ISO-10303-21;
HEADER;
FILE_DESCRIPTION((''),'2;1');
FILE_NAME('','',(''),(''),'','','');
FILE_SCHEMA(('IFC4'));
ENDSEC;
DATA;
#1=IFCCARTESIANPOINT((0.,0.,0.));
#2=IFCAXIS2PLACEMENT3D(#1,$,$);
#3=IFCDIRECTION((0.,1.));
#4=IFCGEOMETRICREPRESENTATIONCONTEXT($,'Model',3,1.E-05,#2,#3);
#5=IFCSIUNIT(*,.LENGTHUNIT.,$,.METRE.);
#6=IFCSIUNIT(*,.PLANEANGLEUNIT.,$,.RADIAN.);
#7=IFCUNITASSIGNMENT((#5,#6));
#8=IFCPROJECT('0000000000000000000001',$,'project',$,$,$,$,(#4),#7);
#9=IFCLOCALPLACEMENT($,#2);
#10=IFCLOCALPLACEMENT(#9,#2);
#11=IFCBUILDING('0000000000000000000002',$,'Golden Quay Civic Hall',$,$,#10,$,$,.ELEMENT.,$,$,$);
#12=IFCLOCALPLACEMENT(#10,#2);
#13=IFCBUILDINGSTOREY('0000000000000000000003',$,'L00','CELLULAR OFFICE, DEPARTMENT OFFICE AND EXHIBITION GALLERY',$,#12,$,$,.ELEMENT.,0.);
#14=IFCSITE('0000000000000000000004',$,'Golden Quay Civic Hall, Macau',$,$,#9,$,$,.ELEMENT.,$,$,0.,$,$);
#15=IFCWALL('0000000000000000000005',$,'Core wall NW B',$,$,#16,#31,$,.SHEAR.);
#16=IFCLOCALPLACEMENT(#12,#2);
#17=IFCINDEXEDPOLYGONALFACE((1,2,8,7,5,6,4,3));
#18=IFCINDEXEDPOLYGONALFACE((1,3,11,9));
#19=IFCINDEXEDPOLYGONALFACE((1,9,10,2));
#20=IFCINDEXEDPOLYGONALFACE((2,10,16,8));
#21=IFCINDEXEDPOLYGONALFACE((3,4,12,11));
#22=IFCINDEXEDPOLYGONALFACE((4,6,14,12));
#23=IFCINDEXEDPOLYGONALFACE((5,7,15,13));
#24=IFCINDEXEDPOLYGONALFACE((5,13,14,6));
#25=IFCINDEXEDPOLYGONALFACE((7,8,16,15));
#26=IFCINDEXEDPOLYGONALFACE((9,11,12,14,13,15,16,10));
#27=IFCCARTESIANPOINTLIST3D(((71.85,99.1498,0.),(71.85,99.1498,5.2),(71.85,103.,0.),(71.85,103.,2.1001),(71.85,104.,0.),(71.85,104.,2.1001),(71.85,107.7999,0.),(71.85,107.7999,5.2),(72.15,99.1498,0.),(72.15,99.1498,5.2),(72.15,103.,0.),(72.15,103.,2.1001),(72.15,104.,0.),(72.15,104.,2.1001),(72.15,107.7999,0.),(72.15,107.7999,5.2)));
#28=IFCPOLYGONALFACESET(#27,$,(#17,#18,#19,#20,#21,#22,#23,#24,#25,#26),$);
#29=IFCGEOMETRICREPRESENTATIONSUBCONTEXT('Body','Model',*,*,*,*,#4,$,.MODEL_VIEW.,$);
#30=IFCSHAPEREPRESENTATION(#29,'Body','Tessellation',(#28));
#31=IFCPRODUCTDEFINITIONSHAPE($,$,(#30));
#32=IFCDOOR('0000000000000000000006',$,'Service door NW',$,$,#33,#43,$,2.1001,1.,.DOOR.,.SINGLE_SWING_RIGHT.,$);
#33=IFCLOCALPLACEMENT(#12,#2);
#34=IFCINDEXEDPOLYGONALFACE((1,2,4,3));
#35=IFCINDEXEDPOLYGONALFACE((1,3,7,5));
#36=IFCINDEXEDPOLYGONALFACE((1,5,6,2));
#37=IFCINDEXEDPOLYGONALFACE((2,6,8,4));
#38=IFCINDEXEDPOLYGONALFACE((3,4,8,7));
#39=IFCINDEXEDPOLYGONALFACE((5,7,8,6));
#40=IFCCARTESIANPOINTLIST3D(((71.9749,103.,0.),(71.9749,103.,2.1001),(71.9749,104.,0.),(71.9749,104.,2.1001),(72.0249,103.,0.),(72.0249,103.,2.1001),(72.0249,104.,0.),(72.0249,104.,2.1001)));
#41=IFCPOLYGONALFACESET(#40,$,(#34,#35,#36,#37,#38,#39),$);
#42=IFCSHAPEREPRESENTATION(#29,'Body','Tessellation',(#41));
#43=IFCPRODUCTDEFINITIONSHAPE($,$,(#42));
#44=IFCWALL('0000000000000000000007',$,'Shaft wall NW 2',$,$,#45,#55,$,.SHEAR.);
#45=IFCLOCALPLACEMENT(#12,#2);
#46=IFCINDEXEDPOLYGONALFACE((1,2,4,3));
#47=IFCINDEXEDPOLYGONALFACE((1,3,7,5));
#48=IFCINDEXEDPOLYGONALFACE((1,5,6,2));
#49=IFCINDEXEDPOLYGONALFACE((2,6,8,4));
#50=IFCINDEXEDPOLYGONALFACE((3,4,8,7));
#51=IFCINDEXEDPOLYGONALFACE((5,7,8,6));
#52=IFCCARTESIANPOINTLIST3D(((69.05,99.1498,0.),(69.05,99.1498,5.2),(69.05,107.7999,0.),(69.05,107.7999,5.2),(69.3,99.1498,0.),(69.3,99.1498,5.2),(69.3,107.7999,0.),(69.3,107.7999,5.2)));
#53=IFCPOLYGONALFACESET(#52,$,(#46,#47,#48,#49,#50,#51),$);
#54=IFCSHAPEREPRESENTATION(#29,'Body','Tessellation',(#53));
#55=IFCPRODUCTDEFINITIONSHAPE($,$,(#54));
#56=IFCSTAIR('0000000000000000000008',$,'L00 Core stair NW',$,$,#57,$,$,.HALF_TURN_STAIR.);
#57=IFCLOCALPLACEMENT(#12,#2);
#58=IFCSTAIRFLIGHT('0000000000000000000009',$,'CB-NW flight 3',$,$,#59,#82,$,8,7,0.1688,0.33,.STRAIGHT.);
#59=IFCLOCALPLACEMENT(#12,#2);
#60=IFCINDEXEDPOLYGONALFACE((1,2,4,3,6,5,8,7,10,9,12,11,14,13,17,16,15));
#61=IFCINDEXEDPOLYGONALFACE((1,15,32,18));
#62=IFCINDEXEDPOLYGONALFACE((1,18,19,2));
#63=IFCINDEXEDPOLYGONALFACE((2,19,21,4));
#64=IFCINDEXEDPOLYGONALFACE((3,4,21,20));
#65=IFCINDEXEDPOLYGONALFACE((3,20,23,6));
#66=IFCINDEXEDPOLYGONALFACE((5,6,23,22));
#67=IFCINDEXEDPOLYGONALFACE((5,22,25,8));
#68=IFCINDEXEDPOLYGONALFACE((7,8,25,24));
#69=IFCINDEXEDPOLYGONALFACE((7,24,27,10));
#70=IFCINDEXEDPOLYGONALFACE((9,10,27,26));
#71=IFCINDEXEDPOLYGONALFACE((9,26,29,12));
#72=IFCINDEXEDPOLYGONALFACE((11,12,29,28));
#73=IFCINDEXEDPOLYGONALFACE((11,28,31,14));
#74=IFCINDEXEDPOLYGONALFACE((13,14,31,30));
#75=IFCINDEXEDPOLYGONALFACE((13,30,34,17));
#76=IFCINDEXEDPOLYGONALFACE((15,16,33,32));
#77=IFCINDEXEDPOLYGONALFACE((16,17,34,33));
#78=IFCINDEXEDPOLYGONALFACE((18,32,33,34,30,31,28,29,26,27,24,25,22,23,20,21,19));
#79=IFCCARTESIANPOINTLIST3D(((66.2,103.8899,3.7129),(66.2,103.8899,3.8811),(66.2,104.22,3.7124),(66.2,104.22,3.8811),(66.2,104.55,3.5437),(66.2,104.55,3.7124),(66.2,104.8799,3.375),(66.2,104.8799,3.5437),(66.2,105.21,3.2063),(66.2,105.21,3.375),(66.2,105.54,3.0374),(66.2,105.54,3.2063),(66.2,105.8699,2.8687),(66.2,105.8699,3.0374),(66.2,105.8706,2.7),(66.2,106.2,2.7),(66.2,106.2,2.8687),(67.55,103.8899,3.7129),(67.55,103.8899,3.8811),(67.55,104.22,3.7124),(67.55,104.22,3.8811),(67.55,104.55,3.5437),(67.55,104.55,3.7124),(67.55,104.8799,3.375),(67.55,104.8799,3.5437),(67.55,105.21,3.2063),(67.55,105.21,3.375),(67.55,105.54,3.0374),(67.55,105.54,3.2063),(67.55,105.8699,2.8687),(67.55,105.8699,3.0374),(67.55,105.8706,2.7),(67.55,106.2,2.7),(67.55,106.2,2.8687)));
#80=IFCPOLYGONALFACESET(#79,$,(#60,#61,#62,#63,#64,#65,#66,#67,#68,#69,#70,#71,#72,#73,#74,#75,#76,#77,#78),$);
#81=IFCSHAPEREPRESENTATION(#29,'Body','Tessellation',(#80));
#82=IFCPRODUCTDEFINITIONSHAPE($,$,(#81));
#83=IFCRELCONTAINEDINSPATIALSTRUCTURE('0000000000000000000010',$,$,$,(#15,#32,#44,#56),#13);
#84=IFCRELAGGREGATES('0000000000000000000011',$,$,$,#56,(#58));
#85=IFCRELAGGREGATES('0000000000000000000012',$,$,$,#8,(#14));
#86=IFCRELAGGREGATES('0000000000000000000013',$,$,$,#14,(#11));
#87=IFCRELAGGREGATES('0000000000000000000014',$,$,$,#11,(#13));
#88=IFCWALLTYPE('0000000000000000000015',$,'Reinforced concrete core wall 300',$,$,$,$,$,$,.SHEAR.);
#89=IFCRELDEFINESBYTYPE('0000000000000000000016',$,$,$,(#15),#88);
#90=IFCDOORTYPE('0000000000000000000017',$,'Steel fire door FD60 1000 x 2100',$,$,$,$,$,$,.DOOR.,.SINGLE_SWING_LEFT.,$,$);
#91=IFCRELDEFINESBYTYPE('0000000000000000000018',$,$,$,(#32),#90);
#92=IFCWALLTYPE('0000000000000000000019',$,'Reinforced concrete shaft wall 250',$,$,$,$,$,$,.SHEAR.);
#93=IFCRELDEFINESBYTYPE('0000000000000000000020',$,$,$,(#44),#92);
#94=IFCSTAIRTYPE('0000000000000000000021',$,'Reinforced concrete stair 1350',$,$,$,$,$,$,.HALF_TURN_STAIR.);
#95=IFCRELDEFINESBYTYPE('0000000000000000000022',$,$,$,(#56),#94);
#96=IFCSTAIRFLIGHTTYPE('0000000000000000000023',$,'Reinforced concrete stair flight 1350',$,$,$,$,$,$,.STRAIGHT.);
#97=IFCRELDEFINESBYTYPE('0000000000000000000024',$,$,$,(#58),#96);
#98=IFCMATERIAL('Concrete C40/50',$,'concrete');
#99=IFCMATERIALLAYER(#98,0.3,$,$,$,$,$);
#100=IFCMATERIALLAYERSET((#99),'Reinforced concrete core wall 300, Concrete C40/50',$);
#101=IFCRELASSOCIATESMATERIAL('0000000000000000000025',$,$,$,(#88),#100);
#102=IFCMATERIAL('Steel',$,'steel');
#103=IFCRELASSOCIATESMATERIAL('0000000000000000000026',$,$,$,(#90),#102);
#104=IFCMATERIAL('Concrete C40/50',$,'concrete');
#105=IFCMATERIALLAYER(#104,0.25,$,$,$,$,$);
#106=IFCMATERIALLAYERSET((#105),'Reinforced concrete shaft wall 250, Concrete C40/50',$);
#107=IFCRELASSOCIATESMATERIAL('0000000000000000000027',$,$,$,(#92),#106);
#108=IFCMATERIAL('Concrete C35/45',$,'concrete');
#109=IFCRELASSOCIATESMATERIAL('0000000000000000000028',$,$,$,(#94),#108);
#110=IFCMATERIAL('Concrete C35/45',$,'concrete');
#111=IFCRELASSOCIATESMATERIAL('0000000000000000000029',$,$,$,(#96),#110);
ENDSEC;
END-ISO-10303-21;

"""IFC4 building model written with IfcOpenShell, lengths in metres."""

from ifc_helpers import new_model, si_unit, direction, frame, frame_2d, origin, place, context, subcontext, project, spatial, polyline, rectangle, outline, extrude, material, layer, layer_set, type_object, element, fill, aggregate, save


model = new_model("IFC4")

# Units and contexts
model_context = context("Model", 3, precision=1e-05, world=origin(), true_north=direction((0.0, 1.0)))
body_context = subcontext(model_context, "Body", "Model", "MODEL_VIEW")
ifc_project = project(units=[si_unit("LENGTHUNIT", "METRE"), si_unit("PLANEANGLEUNIT", "RADIAN")], contexts=[model_context])

# Site, building, storey
site_placement = place(None, origin())
site = spatial("IfcSite", under=ifc_project, at=site_placement, Name="Golden Quay Civic Hall, Macau", CompositionType="ELEMENT", RefElevation=0.0)
building_placement = place(site_placement, origin())
building = spatial("IfcBuilding", under=site, at=building_placement, Name="Golden Quay Civic Hall", CompositionType="ELEMENT")
storey_placement = place(building_placement, origin())
storey = spatial("IfcBuildingStorey", under=building, at=storey_placement, Name="L00", Description="CELLULAR OFFICE, DEPARTMENT OFFICE AND EXHIBITION GALLERY", CompositionType="ELEMENT", Elevation=0.0)

# Wall, opening, door
ifc_material_1 = material(Name="Concrete C40/50", Category="concrete")
ifc_layer_1 = layer(ifc_material_1, 0.3)
ifc_layer_set_1 = layer_set([ifc_layer_1], Name="Reinforced concrete core wall 300, Concrete C40/50")
wall_type_1 = type_object("IfcWallType", Name="Reinforced concrete core wall 300", PredefinedType="SHEAR", material=ifc_layer_set_1)
wall_1_placement = place(storey_placement, frame((72.0, 107.8, 0.0), z_axis=(0.0, 0.0, 1.0), x_axis=(0.0, -1.0, 0.0)))
wall_1 = element("IfcWall", 1, at=wall_1_placement, inside=storey, type_object=wall_type_1, Name="Core wall NW B", PredefinedType="SHEAR", context=body_context, shape_type="SweptSolid", body=[
    extrude(rectangle(XDim=8.6501, YDim=0.3, at=frame_2d((4.3252, 0.0))), origin(), (0.0, 0.0, 1.0), 5.2),
])
opening_1_placement = place(wall_1_placement, frame((3.8, 0.0, 0.0)))
opening_1 = element("IfcOpeningElement", 2, at=opening_1_placement, cuts=wall_1, PredefinedType="OPENING", context=body_context, shape_type="SweptSolid", body=[
    extrude(rectangle(XDim=1.0, YDim=2.1001, at=frame_2d((0.5, 1.05))), frame((0.0, 0.1599, 0.0), z_axis=(0.0, -1.0, 0.0), x_axis=(1.0, 0.0, 0.0)), (0.0, 0.0, 1.0), 0.3201),
])
ifc_material_2 = material(Name="Steel", Category="steel")
door_type_1 = type_object("IfcDoorType", Name="Steel fire door FD60 1000 x 2100", OperationType="SINGLE_SWING_LEFT", PredefinedType="DOOR", material=ifc_material_2)
door_1_placement = place(opening_1_placement, frame((1.0, 0.0, 0.0), z_axis=(0.0, 0.0, 1.0), x_axis=(-1.0, 0.0, 0.0)))
door_1 = element("IfcDoor", 3, at=door_1_placement, inside=storey, type_object=door_type_1, Name="Service door NW", OperationType="SINGLE_SWING_RIGHT", OverallHeight=2.1001, OverallWidth=1.0, PredefinedType="DOOR", context=body_context, shape_type="SweptSolid", body=[
    extrude(rectangle(XDim=1.0, YDim=2.1001, at=frame_2d((0.5, 1.05))), frame((0.0, 0.0251, 0.0), z_axis=(0.0, -1.0, 0.0), x_axis=(1.0, 0.0, 0.0)), (0.0, 0.0, 1.0), 0.05),
])
fill(opening_1, door_1)

# Wall
ifc_material_3 = material(Name="Concrete C40/50", Category="concrete")
ifc_layer_2 = layer(ifc_material_3, 0.25)
ifc_layer_set_2 = layer_set([ifc_layer_2], Name="Reinforced concrete shaft wall 250, Concrete C40/50")
wall_type_2 = type_object("IfcWallType", Name="Reinforced concrete shaft wall 250", PredefinedType="SHEAR", material=ifc_layer_set_2)
wall_2_placement = place(storey_placement, frame((69.175, 107.8, 0.0), z_axis=(0.0, 0.0, 1.0), x_axis=(0.0, -1.0, 0.0)))
element("IfcWall", 4, at=wall_2_placement, inside=storey, type_object=wall_type_2, Name="Shaft wall NW 2", PredefinedType="SHEAR", context=body_context, shape_type="SweptSolid", body=[
    extrude(rectangle(XDim=8.6501, YDim=0.25, at=frame_2d((4.3252, 0.0))), origin(), (0.0, 0.0, 1.0), 5.2),
])

# Stair, stair flight
ifc_material_4 = material(Name="Concrete C35/45", Category="concrete")
stair_type = type_object("IfcStairType", Name="Reinforced concrete stair 1350", PredefinedType="HALF_TURN_STAIR", material=ifc_material_4)
stair_placement = place(storey_placement, origin())
stair = element("IfcStair", 5, at=stair_placement, inside=storey, type_object=stair_type, Name="L00 Core stair NW", PredefinedType="HALF_TURN_STAIR")
ifc_material_5 = material(Name="Concrete C35/45", Category="concrete")
stair_flight_type = type_object("IfcStairFlightType", Name="Reinforced concrete stair flight 1350", PredefinedType="STRAIGHT", material=ifc_material_5)
stair_flight_placement = place(storey_placement, frame((66.875, 106.2, 2.7), z_axis=(0.0, 0.0, 1.0), x_axis=(0.0, -1.0, 0.0)))
stair_flight = element("IfcStairFlight", 6, at=stair_flight_placement, type_object=stair_flight_type, Name="CB-NW flight 3", NumberOfRisers=8, NumberOfTreads=7, PredefinedType="STRAIGHT", RiserHeight=0.1688, TreadLength=0.33, context=body_context, shape_type="SweptSolid", body=[
    extrude(outline(polyline([(0.0, 0.0), (0.0, 0.1687), (0.3301, 0.1687), (0.3301, 0.3374), (0.6599, 0.3374), (0.6599, 0.5063), (0.99, 0.5063), (0.99, 0.675), (1.3201, 0.675), (1.3201, 0.8438), (1.6499, 0.8438), (1.6499, 1.0125), (1.98, 1.0125), (1.98, 1.1812), (2.3101, 1.1812), (2.3101, 1.3501), (2.3101, 1.0129), (0.3293, 0.0), (0.0, 0.0)])), frame((0.0, 0.675, 0.0), z_axis=(0.0, -1.0, 0.0), x_axis=(1.0, 0.0, 0.0)), (0.0, 0.0, 1.0), 1.35),
])
aggregate(stair, [stair_flight])

save(model, "model.ifc")
